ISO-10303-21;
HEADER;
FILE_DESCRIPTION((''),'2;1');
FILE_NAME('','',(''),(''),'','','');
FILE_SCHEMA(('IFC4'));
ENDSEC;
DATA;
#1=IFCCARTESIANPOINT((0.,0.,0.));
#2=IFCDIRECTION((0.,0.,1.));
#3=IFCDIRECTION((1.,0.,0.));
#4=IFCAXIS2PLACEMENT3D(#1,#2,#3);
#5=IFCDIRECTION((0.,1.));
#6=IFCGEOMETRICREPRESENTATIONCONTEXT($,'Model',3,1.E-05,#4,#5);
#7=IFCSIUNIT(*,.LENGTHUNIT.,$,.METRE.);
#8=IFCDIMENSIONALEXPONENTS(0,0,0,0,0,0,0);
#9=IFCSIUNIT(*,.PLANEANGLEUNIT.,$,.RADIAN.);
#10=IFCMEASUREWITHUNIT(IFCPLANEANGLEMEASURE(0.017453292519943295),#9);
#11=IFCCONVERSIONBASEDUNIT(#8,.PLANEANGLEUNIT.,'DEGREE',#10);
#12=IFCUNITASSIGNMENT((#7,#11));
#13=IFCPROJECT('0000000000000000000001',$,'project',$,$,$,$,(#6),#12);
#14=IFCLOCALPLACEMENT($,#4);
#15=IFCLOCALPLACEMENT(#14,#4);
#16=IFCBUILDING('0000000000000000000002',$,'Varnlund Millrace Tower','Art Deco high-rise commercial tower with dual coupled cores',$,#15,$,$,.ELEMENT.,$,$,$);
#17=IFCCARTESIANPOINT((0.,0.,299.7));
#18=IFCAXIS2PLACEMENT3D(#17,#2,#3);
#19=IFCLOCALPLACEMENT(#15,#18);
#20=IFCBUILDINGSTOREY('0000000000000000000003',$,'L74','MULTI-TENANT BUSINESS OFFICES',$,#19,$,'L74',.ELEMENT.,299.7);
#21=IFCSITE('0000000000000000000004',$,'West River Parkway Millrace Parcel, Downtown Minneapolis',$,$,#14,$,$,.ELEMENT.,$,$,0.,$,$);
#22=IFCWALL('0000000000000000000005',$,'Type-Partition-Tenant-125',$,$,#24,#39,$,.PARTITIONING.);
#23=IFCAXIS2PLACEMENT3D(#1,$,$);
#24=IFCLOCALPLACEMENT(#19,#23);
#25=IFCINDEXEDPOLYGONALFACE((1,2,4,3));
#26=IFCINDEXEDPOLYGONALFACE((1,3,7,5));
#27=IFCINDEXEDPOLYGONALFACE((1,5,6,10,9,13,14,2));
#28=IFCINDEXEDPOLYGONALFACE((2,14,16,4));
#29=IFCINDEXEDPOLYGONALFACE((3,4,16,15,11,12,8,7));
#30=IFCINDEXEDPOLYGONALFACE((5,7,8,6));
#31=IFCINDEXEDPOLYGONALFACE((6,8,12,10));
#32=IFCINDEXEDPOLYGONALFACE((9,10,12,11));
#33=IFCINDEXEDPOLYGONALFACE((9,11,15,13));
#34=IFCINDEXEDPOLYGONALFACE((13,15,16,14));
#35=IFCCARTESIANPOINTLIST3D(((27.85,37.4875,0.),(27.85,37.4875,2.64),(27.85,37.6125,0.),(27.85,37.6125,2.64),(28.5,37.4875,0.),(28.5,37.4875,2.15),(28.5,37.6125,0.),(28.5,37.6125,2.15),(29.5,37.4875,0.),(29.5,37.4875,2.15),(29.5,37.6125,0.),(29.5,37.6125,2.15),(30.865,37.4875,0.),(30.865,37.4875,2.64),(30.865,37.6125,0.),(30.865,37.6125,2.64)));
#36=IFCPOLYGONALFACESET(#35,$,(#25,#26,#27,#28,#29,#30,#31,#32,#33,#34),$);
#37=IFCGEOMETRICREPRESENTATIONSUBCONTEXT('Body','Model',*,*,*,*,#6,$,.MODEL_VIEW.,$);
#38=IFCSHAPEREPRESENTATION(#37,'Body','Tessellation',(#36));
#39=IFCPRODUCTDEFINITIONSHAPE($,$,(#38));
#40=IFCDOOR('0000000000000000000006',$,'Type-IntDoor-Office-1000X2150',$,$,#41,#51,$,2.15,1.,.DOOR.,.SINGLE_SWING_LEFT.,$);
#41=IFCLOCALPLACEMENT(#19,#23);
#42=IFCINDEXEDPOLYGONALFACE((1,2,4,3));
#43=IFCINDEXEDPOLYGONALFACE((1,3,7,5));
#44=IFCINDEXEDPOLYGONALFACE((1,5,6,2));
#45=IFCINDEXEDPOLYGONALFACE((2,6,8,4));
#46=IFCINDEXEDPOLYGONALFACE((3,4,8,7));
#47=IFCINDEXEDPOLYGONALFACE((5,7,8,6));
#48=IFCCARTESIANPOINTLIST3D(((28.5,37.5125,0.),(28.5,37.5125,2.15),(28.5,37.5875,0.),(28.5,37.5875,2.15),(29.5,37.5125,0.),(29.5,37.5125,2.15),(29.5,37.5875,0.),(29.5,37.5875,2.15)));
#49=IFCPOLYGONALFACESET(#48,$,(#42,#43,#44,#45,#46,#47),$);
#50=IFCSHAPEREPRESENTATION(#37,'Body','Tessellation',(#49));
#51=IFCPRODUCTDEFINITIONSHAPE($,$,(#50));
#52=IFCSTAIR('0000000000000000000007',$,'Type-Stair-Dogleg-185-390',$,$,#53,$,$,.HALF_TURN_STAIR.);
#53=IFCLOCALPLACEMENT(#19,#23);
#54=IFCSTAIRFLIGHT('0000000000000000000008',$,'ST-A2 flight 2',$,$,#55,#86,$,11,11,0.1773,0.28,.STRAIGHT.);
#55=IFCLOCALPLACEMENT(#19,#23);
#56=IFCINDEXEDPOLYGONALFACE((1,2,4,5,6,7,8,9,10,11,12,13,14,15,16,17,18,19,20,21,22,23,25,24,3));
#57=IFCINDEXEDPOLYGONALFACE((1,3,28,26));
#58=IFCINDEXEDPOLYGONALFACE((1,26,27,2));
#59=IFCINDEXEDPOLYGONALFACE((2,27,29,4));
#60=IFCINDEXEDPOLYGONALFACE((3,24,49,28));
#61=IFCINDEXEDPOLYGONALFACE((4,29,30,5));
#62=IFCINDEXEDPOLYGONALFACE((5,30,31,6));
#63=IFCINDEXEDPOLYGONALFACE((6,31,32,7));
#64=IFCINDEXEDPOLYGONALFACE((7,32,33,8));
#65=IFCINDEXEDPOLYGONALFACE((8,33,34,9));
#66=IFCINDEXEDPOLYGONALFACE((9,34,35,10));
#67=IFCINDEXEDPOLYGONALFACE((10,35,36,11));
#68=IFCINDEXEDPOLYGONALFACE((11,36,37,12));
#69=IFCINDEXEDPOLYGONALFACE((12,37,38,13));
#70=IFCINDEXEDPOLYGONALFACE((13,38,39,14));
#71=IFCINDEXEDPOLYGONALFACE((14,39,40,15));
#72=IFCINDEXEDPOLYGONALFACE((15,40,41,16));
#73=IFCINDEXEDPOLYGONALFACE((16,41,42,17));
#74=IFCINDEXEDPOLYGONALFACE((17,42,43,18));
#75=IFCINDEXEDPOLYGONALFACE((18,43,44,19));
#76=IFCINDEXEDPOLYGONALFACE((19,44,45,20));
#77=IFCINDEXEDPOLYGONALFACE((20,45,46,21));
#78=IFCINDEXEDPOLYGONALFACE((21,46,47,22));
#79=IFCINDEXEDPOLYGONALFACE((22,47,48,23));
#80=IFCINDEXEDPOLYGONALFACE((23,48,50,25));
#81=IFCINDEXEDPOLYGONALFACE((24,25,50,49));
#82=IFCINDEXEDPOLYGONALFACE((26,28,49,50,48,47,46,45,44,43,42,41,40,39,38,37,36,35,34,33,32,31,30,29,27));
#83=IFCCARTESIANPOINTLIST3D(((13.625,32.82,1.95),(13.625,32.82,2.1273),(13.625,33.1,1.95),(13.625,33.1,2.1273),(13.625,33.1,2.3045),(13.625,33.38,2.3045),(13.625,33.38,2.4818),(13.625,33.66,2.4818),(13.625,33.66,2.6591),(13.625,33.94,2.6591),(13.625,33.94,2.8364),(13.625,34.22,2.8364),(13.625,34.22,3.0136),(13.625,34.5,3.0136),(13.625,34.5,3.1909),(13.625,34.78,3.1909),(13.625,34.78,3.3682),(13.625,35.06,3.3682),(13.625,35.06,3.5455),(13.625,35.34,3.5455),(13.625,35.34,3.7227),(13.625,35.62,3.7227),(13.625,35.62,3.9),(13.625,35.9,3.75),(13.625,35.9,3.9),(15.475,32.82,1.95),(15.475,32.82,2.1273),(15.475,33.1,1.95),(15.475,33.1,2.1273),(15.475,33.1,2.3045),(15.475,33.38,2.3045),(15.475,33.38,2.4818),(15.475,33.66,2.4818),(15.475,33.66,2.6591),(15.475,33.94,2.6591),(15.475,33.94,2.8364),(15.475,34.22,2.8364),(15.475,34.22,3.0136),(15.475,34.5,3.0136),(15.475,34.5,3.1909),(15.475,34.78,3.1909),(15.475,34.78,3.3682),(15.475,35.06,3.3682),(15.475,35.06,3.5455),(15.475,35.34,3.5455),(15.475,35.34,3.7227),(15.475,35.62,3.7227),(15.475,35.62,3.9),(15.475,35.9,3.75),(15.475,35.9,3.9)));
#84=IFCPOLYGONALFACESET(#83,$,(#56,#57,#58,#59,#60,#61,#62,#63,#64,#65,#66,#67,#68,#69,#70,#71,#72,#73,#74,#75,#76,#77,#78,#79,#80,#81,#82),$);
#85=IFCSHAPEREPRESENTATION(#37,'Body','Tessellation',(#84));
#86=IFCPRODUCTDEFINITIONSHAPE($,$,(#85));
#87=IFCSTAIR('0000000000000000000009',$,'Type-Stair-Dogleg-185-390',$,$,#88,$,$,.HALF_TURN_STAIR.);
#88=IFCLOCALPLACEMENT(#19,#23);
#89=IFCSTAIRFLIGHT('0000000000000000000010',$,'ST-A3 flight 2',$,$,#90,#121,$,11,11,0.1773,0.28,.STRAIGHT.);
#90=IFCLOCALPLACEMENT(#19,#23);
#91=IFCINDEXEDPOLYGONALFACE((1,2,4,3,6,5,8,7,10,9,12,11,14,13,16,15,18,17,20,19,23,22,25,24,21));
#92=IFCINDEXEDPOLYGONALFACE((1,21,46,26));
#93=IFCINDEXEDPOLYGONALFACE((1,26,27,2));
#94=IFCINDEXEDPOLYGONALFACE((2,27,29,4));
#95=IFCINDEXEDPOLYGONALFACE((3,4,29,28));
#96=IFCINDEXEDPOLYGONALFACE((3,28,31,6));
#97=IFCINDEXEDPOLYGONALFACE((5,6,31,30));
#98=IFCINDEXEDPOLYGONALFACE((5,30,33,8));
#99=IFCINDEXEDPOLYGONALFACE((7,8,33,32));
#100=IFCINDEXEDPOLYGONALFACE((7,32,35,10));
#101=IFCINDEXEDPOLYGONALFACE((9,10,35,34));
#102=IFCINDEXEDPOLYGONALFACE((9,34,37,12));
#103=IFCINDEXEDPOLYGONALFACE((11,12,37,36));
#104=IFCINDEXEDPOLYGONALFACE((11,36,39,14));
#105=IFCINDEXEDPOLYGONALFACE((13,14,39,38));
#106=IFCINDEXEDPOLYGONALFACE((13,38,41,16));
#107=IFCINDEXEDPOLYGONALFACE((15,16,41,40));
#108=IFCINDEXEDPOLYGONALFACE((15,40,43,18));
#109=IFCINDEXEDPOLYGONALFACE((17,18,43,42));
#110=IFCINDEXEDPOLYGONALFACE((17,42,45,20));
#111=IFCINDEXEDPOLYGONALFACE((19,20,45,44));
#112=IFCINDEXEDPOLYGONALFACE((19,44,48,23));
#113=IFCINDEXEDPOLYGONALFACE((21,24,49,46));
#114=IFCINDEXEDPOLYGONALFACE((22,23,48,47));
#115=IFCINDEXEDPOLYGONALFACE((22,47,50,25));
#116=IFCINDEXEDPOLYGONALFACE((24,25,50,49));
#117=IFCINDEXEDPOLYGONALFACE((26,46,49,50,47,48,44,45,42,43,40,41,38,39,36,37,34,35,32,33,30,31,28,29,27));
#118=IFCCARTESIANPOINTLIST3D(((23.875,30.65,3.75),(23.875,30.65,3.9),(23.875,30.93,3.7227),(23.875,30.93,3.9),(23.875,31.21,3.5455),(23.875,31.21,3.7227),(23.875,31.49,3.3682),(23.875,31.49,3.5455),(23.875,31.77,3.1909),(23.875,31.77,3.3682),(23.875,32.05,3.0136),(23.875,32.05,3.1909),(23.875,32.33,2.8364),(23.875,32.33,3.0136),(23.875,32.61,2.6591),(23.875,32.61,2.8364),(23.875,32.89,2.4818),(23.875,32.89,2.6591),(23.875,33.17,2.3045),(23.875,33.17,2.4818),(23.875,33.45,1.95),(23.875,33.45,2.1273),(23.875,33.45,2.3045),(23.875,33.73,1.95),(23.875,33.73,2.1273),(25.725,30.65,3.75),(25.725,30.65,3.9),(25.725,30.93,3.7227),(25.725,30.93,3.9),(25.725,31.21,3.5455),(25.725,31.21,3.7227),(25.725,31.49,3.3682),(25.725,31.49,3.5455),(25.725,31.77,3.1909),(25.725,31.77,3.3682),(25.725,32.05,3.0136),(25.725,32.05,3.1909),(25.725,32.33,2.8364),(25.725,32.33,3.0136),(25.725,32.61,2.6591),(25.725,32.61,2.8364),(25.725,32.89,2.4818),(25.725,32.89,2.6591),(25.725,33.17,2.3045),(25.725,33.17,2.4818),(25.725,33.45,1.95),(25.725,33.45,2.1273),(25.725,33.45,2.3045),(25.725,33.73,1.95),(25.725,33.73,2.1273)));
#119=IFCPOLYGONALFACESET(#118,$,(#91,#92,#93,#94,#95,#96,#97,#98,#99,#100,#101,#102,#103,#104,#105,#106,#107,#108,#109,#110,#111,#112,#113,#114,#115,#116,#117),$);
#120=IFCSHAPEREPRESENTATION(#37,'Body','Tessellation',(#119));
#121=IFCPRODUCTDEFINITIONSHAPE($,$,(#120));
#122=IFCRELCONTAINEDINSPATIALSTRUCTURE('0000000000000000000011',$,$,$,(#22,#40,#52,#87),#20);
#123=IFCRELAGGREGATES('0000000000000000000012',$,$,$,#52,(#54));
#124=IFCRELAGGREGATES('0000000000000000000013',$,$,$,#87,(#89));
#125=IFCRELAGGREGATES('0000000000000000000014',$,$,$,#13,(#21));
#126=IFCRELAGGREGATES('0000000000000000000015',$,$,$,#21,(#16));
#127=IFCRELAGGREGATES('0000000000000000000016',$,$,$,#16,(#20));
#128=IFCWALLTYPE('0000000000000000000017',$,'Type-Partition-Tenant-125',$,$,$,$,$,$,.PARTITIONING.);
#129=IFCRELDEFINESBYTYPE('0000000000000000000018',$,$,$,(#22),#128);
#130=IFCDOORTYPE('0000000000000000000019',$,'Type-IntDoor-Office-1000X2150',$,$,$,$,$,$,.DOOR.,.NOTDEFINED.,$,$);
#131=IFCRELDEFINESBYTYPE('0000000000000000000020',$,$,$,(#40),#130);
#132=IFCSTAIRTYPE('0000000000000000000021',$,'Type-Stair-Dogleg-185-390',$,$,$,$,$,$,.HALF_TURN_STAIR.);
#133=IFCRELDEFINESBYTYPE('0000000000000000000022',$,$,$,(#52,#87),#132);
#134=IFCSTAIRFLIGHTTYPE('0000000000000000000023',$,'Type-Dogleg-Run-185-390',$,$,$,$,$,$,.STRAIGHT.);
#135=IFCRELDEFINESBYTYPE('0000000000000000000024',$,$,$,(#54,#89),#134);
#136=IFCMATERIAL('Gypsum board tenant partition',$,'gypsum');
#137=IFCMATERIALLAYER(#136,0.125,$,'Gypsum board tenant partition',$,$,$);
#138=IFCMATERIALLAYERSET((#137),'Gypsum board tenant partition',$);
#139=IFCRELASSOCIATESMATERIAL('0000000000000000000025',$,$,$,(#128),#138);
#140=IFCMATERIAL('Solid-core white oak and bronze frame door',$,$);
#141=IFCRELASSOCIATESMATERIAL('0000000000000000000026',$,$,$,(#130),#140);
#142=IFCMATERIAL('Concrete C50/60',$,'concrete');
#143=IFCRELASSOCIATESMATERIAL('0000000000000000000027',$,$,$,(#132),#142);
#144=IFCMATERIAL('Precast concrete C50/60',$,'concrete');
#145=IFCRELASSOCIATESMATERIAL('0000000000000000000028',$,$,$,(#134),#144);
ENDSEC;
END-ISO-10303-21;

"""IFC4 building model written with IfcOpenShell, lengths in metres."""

from ifc_helpers import new_model, entity, si_unit, converted_unit, direction, frame, origin_with_axes, origin_2d_with_axis, place, context, subcontext, project, spatial, polyline, rectangle, outline, extrude, material, layer, layer_set, type_object, element, fill, aggregate, save


model = new_model("IFC4")

# Units and contexts
model_context = context("Model", 3, precision=1e-05, world=origin_with_axes(), true_north=direction((0.0, 1.0)))
body_context = subcontext(model_context, "Body", "Model", "MODEL_VIEW")
ifc_project = project(units=[si_unit("LENGTHUNIT", "METRE"), converted_unit("PLANEANGLEUNIT", "DEGREE", entity("IfcPlaneAngleMeasure", 0.017453292519943295), si_unit("PLANEANGLEUNIT", "RADIAN"), dimensions=[0, 0, 0, 0, 0, 0, 0])], contexts=[model_context])

# Site, building, storey
site_placement = place(None, origin_with_axes())
site = spatial("IfcSite", under=ifc_project, at=site_placement, Name="West River Parkway Millrace Parcel, Downtown Minneapolis", CompositionType="ELEMENT", RefElevation=0.0)
building_placement = place(site_placement, origin_with_axes())
building = spatial("IfcBuilding", under=site, at=building_placement, Name="Varnlund Millrace Tower", Description="Art Deco high-rise commercial tower with dual coupled cores", CompositionType="ELEMENT")
storey_placement = place(building_placement, frame((0.0, 0.0, 299.7), z_axis=(0.0, 0.0, 1.0), x_axis=(1.0, 0.0, 0.0)))
storey = spatial("IfcBuildingStorey", under=building, at=storey_placement, Name="L74", Description="MULTI-TENANT BUSINESS OFFICES", LongName="L74", CompositionType="ELEMENT", Elevation=299.7)

# Shared definitions
ifc_material_1 = material(Name="Precast concrete C50/60", Category="concrete")

# Wall, opening, door
ifc_material_2 = material(Name="Gypsum board tenant partition", Category="gypsum")
ifc_layer_1 = layer(ifc_material_2, 0.125, Name="Gypsum board tenant partition")
ifc_layer_set_1 = layer_set([ifc_layer_1], Name="Gypsum board tenant partition")
wall_type_1 = type_object("IfcWallType", Name="Type-Partition-Tenant-125", PredefinedType="PARTITIONING", material=ifc_layer_set_1)
wall_1_placement = place(storey_placement, frame((27.85, 37.55, 0.0), z_axis=(0.0, 0.0, 1.0), x_axis=(1.0, 0.0, 0.0)))
wall_1 = element("IfcWall", 1, at=wall_1_placement, inside=storey, type_object=wall_type_1, Name="Type-Partition-Tenant-125", PredefinedType="PARTITIONING", context=body_context, shape_type="SweptSolid", body=[
    extrude(outline(polyline([(0.0, -0.0625), (3.015, -0.0625), (3.015, 0.0625), (0.0, 0.0625), (0.0, -0.0625)])), origin_with_axes(), (0.0, 0.0, 1.0), 2.64),
])
opening_1_placement = place(wall_1_placement, frame((1.15, 0.0, 0.0), z_axis=(0.0, 0.0, 1.0), x_axis=(1.0, 0.0, 0.0)))
opening_1 = element("IfcOpeningElement", 2, at=opening_1_placement, cuts=wall_1, PredefinedType="OPENING", context=body_context, shape_type="SweptSolid", body=[
    extrude(rectangle(XDim=1.0, YDim=0.145, at=origin_2d_with_axis()), origin_with_axes(), (0.0, 0.0, 1.0), 2.15),
])
ifc_material_3 = material(Name="Solid-core white oak and bronze frame door")
door_type = type_object("IfcDoorType", Name="Type-IntDoor-Office-1000X2150", OperationType="NOTDEFINED", PredefinedType="DOOR", material=ifc_material_3)
door_placement = place(wall_1_placement, frame((1.15, 0.0, 0.0), z_axis=(0.0, 0.0, 1.0), x_axis=(1.0, 0.0, 0.0)))
door = element("IfcDoor", 3, at=door_placement, inside=storey, type_object=door_type, Name="Type-IntDoor-Office-1000X2150", OperationType="SINGLE_SWING_LEFT", OverallHeight=2.15, OverallWidth=1.0, PredefinedType="DOOR", context=body_context, shape_type="SweptSolid", body=[
    extrude(rectangle(XDim=1.0, YDim=0.075, at=origin_2d_with_axis()), origin_with_axes(), (0.0, 0.0, 1.0), 2.15),
])
fill(opening_1, door)

# Stairs, stair flights
ifc_material_4 = material(Name="Concrete C50/60", Category="concrete")
stair_type = type_object("IfcStairType", Name="Type-Stair-Dogleg-185-390", PredefinedType="HALF_TURN_STAIR", material=ifc_material_4)
stair_1_placement = place(storey_placement, origin_with_axes())
stair_1 = element("IfcStair", 4, at=stair_1_placement, inside=storey, type_object=stair_type, Name="Type-Stair-Dogleg-185-390", PredefinedType="HALF_TURN_STAIR")
stair_flight_type = type_object("IfcStairFlightType", Name="Type-Dogleg-Run-185-390", PredefinedType="STRAIGHT", material=ifc_material_1)
stair_flight_1_placement = place(storey_placement, frame((13.625, 32.82, 1.95), z_axis=(1.0, 0.0, 0.0), x_axis=(0.0, 1.0, 0.0)))
stair_flight_1 = element("IfcStairFlight", 5, at=stair_flight_1_placement, type_object=stair_flight_type, Name="ST-A2 flight 2", NumberOfRisers=11, NumberOfTreads=11, PredefinedType="STRAIGHT", RiserHeight=0.1773, TreadLength=0.28, context=body_context, shape_type="SweptSolid", body=[
    extrude(outline(polyline([(0.0, 0.0), (0.0, 0.1773), (0.28, 0.1773), (0.28, 0.3545), (0.56, 0.3545), (0.56, 0.5318), (0.84, 0.5318), (0.84, 0.7091), (1.12, 0.7091), (1.12, 0.8864), (1.4, 0.8864), (1.4, 1.0636), (1.68, 1.0636), (1.68, 1.2409), (1.96, 1.2409), (1.96, 1.4182), (2.24, 1.4182), (2.24, 1.5955), (2.52, 1.5955), (2.52, 1.7727), (2.8, 1.7727), (2.8, 1.95), (3.08, 1.95), (3.08, 1.8), (0.28, 0.0), (0.0, 0.0)])), origin_with_axes(), (0.0, 0.0, 1.0), 1.85),
])
aggregate(stair_1, [stair_flight_1])
stair_2_placement = place(storey_placement, origin_with_axes())
stair_2 = element("IfcStair", 6, at=stair_2_placement, inside=storey, type_object=stair_type, Name="Type-Stair-Dogleg-185-390", PredefinedType="HALF_TURN_STAIR")
stair_flight_2_placement = place(storey_placement, frame((25.725, 33.73, 1.95), z_axis=(-1.0, 0.0, 0.0), x_axis=(0.0, -1.0, 0.0)))
stair_flight_2 = element("IfcStairFlight", 7, at=stair_flight_2_placement, type_object=stair_flight_type, Name="ST-A3 flight 2", NumberOfRisers=11, NumberOfTreads=11, PredefinedType="STRAIGHT", RiserHeight=0.1773, TreadLength=0.28, context=body_context, shape_type="SweptSolid", body=[
    extrude(outline(polyline([(0.0, 0.0), (0.0, 0.1773), (0.28, 0.1773), (0.28, 0.3545), (0.56, 0.3545), (0.56, 0.5318), (0.84, 0.5318), (0.84, 0.7091), (1.12, 0.7091), (1.12, 0.8864), (1.4, 0.8864), (1.4, 1.0636), (1.68, 1.0636), (1.68, 1.2409), (1.96, 1.2409), (1.96, 1.4182), (2.24, 1.4182), (2.24, 1.5955), (2.52, 1.5955), (2.52, 1.7727), (2.8, 1.7727), (2.8, 1.95), (3.08, 1.95), (3.08, 1.8), (0.28, 0.0), (0.0, 0.0)])), origin_with_axes(), (0.0, 0.0, 1.0), 1.85),
])
aggregate(stair_2, [stair_flight_2])

save(model, "model.ifc")
